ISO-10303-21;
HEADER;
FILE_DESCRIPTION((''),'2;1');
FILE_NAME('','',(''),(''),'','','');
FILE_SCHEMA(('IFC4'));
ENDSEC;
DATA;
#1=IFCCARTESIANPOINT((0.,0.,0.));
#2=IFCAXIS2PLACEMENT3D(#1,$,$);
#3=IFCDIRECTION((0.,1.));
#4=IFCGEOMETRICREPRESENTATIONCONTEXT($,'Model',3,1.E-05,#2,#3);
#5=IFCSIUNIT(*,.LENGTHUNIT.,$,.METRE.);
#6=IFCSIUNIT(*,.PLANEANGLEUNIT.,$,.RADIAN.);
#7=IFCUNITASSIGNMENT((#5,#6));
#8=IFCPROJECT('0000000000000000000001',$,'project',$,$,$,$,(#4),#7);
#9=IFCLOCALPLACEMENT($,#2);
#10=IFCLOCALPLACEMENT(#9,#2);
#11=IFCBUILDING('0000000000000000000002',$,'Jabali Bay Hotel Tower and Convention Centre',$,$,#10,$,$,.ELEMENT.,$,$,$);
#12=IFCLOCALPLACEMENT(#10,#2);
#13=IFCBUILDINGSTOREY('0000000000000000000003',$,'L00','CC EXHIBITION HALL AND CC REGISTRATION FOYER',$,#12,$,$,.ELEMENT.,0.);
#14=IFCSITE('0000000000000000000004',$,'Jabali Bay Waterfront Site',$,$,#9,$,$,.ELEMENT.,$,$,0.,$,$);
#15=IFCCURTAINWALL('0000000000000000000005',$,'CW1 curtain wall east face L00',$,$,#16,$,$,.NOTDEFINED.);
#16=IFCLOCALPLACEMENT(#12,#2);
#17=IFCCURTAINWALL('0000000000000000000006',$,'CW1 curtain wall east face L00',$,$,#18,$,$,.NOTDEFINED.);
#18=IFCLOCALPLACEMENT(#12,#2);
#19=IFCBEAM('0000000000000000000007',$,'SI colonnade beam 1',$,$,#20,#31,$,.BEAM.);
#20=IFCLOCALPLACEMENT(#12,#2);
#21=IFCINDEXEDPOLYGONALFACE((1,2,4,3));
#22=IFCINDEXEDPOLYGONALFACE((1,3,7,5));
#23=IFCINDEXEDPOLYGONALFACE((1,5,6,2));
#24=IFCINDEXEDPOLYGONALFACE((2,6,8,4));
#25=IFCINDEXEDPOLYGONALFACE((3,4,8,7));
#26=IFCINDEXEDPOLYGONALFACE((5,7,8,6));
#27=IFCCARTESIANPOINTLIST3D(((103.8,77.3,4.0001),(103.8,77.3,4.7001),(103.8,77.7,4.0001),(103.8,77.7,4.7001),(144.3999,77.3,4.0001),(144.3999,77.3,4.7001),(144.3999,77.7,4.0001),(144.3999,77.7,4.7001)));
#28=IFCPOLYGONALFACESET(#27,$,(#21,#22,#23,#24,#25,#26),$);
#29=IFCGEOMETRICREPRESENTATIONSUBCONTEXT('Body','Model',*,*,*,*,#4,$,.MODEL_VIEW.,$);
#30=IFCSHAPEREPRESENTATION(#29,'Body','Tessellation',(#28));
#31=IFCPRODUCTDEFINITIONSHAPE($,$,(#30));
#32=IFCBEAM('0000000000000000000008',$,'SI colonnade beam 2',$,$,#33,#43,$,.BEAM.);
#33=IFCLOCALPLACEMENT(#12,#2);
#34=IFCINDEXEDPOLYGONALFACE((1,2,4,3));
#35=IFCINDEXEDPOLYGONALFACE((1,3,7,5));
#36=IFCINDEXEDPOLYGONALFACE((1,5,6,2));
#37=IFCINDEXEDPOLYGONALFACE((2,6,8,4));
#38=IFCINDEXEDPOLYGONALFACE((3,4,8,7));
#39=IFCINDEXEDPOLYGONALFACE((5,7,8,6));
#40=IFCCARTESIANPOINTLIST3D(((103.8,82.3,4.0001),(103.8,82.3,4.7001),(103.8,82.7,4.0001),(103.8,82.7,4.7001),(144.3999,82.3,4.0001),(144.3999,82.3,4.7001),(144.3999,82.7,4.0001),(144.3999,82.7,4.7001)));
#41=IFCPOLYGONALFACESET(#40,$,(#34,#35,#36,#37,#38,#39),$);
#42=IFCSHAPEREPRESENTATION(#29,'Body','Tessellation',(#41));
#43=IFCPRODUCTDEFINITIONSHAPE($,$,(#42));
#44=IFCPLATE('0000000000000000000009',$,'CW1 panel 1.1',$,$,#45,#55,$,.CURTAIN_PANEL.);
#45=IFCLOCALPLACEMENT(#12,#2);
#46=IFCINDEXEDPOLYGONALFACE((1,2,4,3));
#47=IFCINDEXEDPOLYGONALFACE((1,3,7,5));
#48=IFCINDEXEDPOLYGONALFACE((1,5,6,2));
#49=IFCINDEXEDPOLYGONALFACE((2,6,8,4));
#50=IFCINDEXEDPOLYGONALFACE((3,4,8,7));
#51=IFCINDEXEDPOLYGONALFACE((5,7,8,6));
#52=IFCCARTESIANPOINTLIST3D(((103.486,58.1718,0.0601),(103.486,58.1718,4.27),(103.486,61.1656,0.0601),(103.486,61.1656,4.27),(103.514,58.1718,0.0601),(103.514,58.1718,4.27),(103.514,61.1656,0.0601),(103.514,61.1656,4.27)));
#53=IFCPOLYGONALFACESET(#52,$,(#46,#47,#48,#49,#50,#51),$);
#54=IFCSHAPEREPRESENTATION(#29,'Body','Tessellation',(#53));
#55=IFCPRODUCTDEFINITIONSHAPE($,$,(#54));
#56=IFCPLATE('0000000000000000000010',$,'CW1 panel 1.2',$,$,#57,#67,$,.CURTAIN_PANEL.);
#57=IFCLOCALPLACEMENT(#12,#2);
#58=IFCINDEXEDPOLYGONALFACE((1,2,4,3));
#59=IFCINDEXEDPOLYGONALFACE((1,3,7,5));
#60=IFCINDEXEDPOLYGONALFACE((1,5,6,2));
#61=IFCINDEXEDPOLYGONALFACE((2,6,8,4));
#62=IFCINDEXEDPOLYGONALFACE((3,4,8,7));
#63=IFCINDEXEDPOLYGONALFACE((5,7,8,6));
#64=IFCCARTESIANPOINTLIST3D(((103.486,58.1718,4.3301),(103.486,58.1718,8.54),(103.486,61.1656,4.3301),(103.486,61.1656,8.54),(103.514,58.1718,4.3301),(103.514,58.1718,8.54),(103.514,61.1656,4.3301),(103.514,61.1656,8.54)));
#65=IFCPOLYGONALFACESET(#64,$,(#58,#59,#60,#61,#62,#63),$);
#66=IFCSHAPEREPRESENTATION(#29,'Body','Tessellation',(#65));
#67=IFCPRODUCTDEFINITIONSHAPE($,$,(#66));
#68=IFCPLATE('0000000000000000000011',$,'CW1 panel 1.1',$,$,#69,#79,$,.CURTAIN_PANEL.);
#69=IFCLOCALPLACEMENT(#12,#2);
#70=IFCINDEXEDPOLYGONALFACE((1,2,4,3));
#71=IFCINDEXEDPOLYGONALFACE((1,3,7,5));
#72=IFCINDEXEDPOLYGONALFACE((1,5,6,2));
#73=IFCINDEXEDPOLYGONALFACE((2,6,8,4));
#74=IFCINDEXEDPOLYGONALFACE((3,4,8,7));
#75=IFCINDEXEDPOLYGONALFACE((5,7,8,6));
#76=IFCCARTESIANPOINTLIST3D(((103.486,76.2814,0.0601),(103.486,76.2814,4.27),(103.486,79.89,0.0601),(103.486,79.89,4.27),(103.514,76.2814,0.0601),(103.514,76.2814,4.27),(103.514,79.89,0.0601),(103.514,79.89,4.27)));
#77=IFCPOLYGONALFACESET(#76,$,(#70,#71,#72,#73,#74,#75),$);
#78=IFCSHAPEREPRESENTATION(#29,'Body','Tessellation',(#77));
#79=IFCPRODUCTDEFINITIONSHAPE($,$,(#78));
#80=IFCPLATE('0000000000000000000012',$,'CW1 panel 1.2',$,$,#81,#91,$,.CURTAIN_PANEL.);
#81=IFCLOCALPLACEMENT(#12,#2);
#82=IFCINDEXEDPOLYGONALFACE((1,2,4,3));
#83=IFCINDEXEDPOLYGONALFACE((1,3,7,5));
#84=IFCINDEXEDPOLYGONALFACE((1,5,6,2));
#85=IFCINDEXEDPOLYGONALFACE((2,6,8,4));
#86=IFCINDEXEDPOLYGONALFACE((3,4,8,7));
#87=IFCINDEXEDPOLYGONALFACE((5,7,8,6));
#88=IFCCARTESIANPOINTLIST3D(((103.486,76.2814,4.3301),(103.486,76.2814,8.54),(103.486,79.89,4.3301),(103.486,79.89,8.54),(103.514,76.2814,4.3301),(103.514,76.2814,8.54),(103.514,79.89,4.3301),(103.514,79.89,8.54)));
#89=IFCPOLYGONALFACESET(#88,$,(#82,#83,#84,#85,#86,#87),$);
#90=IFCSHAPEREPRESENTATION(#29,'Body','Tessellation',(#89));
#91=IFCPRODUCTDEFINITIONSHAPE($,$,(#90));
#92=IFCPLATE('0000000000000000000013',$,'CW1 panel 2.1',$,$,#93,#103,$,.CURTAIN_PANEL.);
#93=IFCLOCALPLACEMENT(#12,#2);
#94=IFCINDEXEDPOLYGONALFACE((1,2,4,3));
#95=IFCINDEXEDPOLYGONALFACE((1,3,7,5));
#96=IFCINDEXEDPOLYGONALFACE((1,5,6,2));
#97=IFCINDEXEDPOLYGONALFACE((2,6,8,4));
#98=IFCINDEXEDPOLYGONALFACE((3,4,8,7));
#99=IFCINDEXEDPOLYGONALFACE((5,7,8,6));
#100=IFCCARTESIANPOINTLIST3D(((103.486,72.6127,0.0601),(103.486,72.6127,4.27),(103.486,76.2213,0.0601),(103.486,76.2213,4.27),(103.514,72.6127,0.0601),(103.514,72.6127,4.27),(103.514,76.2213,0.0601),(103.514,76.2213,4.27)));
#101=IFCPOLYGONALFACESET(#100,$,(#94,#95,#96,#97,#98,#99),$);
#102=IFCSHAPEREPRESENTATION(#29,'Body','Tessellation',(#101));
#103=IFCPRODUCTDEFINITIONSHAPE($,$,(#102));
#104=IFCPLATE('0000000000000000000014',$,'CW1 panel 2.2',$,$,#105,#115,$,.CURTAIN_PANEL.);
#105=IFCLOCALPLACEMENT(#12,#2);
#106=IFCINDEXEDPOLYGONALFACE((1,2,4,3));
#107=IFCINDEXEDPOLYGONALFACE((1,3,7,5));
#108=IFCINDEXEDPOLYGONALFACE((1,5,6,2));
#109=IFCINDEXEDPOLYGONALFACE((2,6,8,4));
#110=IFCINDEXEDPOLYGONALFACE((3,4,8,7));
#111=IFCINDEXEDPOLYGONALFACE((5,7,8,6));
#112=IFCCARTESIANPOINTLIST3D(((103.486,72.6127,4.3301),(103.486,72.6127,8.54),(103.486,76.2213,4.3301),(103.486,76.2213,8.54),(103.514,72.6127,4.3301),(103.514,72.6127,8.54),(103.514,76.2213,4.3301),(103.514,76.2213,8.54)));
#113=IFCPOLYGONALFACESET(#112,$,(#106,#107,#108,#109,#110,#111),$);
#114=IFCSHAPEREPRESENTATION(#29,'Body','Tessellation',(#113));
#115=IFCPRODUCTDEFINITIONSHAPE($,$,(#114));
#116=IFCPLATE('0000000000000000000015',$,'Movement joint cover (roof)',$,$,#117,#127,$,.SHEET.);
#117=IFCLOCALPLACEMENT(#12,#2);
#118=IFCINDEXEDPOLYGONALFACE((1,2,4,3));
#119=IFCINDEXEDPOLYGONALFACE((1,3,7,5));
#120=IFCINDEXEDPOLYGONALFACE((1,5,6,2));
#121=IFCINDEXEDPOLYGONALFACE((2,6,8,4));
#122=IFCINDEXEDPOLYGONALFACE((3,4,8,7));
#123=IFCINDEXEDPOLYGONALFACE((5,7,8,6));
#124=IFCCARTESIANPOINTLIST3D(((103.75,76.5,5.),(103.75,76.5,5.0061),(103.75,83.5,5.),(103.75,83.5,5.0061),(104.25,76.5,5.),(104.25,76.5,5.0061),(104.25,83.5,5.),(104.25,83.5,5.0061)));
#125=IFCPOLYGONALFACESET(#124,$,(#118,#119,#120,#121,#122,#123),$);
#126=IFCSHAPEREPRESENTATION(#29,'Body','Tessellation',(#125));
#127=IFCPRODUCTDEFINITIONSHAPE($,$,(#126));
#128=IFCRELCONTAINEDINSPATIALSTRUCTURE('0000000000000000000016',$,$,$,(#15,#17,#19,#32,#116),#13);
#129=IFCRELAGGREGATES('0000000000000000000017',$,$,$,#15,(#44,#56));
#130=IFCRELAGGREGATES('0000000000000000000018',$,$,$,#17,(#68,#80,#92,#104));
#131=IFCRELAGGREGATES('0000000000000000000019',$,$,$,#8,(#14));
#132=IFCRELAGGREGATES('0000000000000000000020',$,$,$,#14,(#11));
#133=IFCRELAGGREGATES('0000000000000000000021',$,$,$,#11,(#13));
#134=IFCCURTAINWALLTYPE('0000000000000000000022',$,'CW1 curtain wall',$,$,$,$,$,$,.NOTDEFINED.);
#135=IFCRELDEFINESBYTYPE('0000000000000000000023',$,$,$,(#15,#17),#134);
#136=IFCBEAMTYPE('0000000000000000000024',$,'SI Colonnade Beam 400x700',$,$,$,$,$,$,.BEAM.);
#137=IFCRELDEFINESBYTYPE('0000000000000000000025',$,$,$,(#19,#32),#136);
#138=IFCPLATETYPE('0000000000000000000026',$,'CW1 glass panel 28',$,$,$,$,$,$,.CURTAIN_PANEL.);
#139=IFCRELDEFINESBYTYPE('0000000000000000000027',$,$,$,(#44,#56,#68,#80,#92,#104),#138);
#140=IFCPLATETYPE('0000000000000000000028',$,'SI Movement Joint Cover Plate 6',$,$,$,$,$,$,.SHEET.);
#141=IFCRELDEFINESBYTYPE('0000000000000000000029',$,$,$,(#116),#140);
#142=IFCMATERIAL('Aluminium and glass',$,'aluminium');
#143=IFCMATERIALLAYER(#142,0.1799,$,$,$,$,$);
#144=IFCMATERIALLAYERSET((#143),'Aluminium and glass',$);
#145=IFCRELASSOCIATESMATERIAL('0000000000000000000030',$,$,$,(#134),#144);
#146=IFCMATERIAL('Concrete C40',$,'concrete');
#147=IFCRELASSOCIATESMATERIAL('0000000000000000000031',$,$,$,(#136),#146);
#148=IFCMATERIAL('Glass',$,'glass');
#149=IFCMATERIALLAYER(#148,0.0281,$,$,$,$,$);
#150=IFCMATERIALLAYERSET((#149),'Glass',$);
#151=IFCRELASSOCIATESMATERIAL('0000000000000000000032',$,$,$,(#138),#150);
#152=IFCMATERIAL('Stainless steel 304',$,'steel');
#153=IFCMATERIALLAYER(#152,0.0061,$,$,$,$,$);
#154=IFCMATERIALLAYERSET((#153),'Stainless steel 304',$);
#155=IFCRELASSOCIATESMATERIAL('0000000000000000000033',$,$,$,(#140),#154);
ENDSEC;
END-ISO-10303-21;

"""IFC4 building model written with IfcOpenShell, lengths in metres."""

from ifc_helpers import new_model, si_unit, direction, frame, origin, origin_2d, place, context, subcontext, project, spatial, rectangle, extrude, material, layer, layer_set, material_profile, profile_set, type_object, element, aggregate, save


model = new_model("IFC4")

# Units and contexts
model_context = context("Model", 3, precision=1e-05, world=origin(), true_north=direction((0.0, 1.0)))
body_context = subcontext(model_context, "Body", "Model", "MODEL_VIEW")
ifc_project = project(units=[si_unit("LENGTHUNIT", "METRE"), si_unit("PLANEANGLEUNIT", "RADIAN")], contexts=[model_context])

# Site, building, storey
site_placement = place(None, origin())
site = spatial("IfcSite", under=ifc_project, at=site_placement, Name="Jabali Bay Waterfront Site", CompositionType="ELEMENT", RefElevation=0.0)
building_placement = place(site_placement, origin())
building = spatial("IfcBuilding", under=site, at=building_placement, Name="Jabali Bay Hotel Tower and Convention Centre", CompositionType="ELEMENT")
storey_placement = place(building_placement, origin())
storey = spatial("IfcBuildingStorey", under=building, at=storey_placement, Name="L00", Description="CC EXHIBITION HALL AND CC REGISTRATION FOYER", CompositionType="ELEMENT", Elevation=0.0)

# Curtain wall
ifc_material_1 = material(Name="Aluminium and glass", Category="aluminium")
ifc_layer_1 = layer(ifc_material_1, 0.1799)
ifc_layer_set_1 = layer_set([ifc_layer_1], Name="Aluminium and glass")
curtain_wall_type = type_object("IfcCurtainWallType", Name="CW1 curtain wall", PredefinedType="NOTDEFINED", material=ifc_layer_set_1)
curtain_wall_1_placement = place(storey_placement, origin())
curtain_wall_1 = element("IfcCurtainWall", 1, at=curtain_wall_1_placement, inside=storey, type_object=curtain_wall_type, Name="CW1 curtain wall east face L00", PredefinedType="NOTDEFINED")

# Curtain wall
curtain_wall_2_placement = place(storey_placement, origin())
curtain_wall_2 = element("IfcCurtainWall", 2, at=curtain_wall_2_placement, inside=storey, type_object=curtain_wall_type, Name="CW1 curtain wall east face L00", PredefinedType="NOTDEFINED")

# Shared definitions
ifc_material_2 = material(Name="Concrete C40", Category="concrete")

# Beams
ifc_material_profile_1 = material_profile(ifc_material_2, rectangle(XDim=0.3999, YDim=0.7, at=origin_2d()), Name="RC 400x700")
ifc_profile_set_1 = profile_set([ifc_material_profile_1], Name="Concrete C40")
beam_type = type_object("IfcBeamType", Name="SI Colonnade Beam 400x700", PredefinedType="BEAM", material=ifc_profile_set_1)
for number, where, z_axis, x_axis, name in (
    (3, (103.8, 77.5, 4.3501), (1.0, 0.0, 0.0), (0.0, 1.0, 0.0), "SI colonnade beam 1"),
    (4, (103.8, 82.5, 4.3501), (1.0, 0.0, 0.0), (0.0, 1.0, 0.0), "SI colonnade beam 2"),
):
    element("IfcBeam", number, at=place(storey_placement, frame(where, z_axis=z_axis, x_axis=x_axis)), inside=storey, type_object=beam_type, Name=name, PredefinedType="BEAM", context=body_context, shape_type="SweptSolid", body=[
        extrude(rectangle(XDim=0.3999, YDim=0.7, at=origin_2d()), origin(), (0.0, 0.0, 1.0), 40.5999),
    ])

# Plates
ifc_material_3 = material(Name="Glass", Category="glass")
ifc_layer_2 = layer(ifc_material_3, 0.0281)
ifc_layer_set_2 = layer_set([ifc_layer_2], Name="Glass")
plate_type_1 = type_object("IfcPlateType", Name="CW1 glass panel 28", PredefinedType="CURTAIN_PANEL", material=ifc_layer_set_2)
plate_1_placement = place(storey_placement, frame((103.5, 59.6687, 0.0601), z_axis=(0.0, 0.0, 1.0), x_axis=(0.0, -1.0, 0.0)))
plate_1 = element("IfcPlate", 5, at=plate_1_placement, type_object=plate_type_1, Name="CW1 panel 1.1", PredefinedType="CURTAIN_PANEL", context=body_context, shape_type="SweptSolid", body=[
    extrude(rectangle(XDim=2.9939, YDim=0.0281, at=origin_2d()), origin(), (0.0, 0.0, 1.0), 4.21),
])
plate_2_placement = place(storey_placement, frame((103.5, 59.6687, 4.3301), z_axis=(0.0, 0.0, 1.0), x_axis=(0.0, -1.0, 0.0)))
plate_2 = element("IfcPlate", 6, at=plate_2_placement, type_object=plate_type_1, Name="CW1 panel 1.2", PredefinedType="CURTAIN_PANEL", context=body_context, shape_type="SweptSolid", body=[
    extrude(rectangle(XDim=2.9939, YDim=0.0281, at=origin_2d()), origin(), (0.0, 0.0, 1.0), 4.21),
])
aggregate(curtain_wall_1, [plate_1, plate_2])
plate_3_placement = place(storey_placement, frame((103.5, 78.0857, 0.0601), z_axis=(0.0, 0.0, 1.0), x_axis=(0.0, -1.0, 0.0)))
plate_3 = element("IfcPlate", 7, at=plate_3_placement, type_object=plate_type_1, Name="CW1 panel 1.1", PredefinedType="CURTAIN_PANEL", context=body_context, shape_type="SweptSolid", body=[
    extrude(rectangle(XDim=3.6086, YDim=0.0281, at=origin_2d()), origin(), (0.0, 0.0, 1.0), 4.21),
])
plate_4_placement = place(storey_placement, frame((103.5, 78.0857, 4.3301), z_axis=(0.0, 0.0, 1.0), x_axis=(0.0, -1.0, 0.0)))
plate_4 = element("IfcPlate", 8, at=plate_4_placement, type_object=plate_type_1, Name="CW1 panel 1.2", PredefinedType="CURTAIN_PANEL", context=body_context, shape_type="SweptSolid", body=[
    extrude(rectangle(XDim=3.6086, YDim=0.0281, at=origin_2d()), origin(), (0.0, 0.0, 1.0), 4.21),
])
plate_5_placement = place(storey_placement, frame((103.5, 74.417, 0.0601), z_axis=(0.0, 0.0, 1.0), x_axis=(0.0, -1.0, 0.0)))
plate_5 = element("IfcPlate", 9, at=plate_5_placement, type_object=plate_type_1, Name="CW1 panel 2.1", PredefinedType="CURTAIN_PANEL", context=body_context, shape_type="SweptSolid", body=[
    extrude(rectangle(XDim=3.6086, YDim=0.0281, at=origin_2d()), origin(), (0.0, 0.0, 1.0), 4.21),
])
plate_6_placement = place(storey_placement, frame((103.5, 74.417, 4.3301), z_axis=(0.0, 0.0, 1.0), x_axis=(0.0, -1.0, 0.0)))
plate_6 = element("IfcPlate", 10, at=plate_6_placement, type_object=plate_type_1, Name="CW1 panel 2.2", PredefinedType="CURTAIN_PANEL", context=body_context, shape_type="SweptSolid", body=[
    extrude(rectangle(XDim=3.6086, YDim=0.0281, at=origin_2d()), origin(), (0.0, 0.0, 1.0), 4.21),
])
aggregate(curtain_wall_2, [plate_3, plate_4, plate_5, plate_6])
ifc_material_4 = material(Name="Stainless steel 304", Category="steel")
ifc_layer_3 = layer(ifc_material_4, 0.0061)
ifc_layer_set_3 = layer_set([ifc_layer_3], Name="Stainless steel 304")
plate_type_2 = type_object("IfcPlateType", Name="SI Movement Joint Cover Plate 6", PredefinedType="SHEET", material=ifc_layer_set_3)
plate_7_placement = place(storey_placement, frame((104.0, 80.0, 5.0), z_axis=(0.0, 0.0, 1.0), x_axis=(1.0, 0.0, 0.0)))
element("IfcPlate", 11, at=plate_7_placement, inside=storey, type_object=plate_type_2, Name="Movement joint cover (roof)", PredefinedType="SHEET", context=body_context, shape_type="SweptSolid", body=[
    extrude(rectangle(XDim=0.5, YDim=7.0, at=origin_2d()), origin(), (0.0, 0.0, 1.0), 0.0061),
])

save(model, "model.ifc")
